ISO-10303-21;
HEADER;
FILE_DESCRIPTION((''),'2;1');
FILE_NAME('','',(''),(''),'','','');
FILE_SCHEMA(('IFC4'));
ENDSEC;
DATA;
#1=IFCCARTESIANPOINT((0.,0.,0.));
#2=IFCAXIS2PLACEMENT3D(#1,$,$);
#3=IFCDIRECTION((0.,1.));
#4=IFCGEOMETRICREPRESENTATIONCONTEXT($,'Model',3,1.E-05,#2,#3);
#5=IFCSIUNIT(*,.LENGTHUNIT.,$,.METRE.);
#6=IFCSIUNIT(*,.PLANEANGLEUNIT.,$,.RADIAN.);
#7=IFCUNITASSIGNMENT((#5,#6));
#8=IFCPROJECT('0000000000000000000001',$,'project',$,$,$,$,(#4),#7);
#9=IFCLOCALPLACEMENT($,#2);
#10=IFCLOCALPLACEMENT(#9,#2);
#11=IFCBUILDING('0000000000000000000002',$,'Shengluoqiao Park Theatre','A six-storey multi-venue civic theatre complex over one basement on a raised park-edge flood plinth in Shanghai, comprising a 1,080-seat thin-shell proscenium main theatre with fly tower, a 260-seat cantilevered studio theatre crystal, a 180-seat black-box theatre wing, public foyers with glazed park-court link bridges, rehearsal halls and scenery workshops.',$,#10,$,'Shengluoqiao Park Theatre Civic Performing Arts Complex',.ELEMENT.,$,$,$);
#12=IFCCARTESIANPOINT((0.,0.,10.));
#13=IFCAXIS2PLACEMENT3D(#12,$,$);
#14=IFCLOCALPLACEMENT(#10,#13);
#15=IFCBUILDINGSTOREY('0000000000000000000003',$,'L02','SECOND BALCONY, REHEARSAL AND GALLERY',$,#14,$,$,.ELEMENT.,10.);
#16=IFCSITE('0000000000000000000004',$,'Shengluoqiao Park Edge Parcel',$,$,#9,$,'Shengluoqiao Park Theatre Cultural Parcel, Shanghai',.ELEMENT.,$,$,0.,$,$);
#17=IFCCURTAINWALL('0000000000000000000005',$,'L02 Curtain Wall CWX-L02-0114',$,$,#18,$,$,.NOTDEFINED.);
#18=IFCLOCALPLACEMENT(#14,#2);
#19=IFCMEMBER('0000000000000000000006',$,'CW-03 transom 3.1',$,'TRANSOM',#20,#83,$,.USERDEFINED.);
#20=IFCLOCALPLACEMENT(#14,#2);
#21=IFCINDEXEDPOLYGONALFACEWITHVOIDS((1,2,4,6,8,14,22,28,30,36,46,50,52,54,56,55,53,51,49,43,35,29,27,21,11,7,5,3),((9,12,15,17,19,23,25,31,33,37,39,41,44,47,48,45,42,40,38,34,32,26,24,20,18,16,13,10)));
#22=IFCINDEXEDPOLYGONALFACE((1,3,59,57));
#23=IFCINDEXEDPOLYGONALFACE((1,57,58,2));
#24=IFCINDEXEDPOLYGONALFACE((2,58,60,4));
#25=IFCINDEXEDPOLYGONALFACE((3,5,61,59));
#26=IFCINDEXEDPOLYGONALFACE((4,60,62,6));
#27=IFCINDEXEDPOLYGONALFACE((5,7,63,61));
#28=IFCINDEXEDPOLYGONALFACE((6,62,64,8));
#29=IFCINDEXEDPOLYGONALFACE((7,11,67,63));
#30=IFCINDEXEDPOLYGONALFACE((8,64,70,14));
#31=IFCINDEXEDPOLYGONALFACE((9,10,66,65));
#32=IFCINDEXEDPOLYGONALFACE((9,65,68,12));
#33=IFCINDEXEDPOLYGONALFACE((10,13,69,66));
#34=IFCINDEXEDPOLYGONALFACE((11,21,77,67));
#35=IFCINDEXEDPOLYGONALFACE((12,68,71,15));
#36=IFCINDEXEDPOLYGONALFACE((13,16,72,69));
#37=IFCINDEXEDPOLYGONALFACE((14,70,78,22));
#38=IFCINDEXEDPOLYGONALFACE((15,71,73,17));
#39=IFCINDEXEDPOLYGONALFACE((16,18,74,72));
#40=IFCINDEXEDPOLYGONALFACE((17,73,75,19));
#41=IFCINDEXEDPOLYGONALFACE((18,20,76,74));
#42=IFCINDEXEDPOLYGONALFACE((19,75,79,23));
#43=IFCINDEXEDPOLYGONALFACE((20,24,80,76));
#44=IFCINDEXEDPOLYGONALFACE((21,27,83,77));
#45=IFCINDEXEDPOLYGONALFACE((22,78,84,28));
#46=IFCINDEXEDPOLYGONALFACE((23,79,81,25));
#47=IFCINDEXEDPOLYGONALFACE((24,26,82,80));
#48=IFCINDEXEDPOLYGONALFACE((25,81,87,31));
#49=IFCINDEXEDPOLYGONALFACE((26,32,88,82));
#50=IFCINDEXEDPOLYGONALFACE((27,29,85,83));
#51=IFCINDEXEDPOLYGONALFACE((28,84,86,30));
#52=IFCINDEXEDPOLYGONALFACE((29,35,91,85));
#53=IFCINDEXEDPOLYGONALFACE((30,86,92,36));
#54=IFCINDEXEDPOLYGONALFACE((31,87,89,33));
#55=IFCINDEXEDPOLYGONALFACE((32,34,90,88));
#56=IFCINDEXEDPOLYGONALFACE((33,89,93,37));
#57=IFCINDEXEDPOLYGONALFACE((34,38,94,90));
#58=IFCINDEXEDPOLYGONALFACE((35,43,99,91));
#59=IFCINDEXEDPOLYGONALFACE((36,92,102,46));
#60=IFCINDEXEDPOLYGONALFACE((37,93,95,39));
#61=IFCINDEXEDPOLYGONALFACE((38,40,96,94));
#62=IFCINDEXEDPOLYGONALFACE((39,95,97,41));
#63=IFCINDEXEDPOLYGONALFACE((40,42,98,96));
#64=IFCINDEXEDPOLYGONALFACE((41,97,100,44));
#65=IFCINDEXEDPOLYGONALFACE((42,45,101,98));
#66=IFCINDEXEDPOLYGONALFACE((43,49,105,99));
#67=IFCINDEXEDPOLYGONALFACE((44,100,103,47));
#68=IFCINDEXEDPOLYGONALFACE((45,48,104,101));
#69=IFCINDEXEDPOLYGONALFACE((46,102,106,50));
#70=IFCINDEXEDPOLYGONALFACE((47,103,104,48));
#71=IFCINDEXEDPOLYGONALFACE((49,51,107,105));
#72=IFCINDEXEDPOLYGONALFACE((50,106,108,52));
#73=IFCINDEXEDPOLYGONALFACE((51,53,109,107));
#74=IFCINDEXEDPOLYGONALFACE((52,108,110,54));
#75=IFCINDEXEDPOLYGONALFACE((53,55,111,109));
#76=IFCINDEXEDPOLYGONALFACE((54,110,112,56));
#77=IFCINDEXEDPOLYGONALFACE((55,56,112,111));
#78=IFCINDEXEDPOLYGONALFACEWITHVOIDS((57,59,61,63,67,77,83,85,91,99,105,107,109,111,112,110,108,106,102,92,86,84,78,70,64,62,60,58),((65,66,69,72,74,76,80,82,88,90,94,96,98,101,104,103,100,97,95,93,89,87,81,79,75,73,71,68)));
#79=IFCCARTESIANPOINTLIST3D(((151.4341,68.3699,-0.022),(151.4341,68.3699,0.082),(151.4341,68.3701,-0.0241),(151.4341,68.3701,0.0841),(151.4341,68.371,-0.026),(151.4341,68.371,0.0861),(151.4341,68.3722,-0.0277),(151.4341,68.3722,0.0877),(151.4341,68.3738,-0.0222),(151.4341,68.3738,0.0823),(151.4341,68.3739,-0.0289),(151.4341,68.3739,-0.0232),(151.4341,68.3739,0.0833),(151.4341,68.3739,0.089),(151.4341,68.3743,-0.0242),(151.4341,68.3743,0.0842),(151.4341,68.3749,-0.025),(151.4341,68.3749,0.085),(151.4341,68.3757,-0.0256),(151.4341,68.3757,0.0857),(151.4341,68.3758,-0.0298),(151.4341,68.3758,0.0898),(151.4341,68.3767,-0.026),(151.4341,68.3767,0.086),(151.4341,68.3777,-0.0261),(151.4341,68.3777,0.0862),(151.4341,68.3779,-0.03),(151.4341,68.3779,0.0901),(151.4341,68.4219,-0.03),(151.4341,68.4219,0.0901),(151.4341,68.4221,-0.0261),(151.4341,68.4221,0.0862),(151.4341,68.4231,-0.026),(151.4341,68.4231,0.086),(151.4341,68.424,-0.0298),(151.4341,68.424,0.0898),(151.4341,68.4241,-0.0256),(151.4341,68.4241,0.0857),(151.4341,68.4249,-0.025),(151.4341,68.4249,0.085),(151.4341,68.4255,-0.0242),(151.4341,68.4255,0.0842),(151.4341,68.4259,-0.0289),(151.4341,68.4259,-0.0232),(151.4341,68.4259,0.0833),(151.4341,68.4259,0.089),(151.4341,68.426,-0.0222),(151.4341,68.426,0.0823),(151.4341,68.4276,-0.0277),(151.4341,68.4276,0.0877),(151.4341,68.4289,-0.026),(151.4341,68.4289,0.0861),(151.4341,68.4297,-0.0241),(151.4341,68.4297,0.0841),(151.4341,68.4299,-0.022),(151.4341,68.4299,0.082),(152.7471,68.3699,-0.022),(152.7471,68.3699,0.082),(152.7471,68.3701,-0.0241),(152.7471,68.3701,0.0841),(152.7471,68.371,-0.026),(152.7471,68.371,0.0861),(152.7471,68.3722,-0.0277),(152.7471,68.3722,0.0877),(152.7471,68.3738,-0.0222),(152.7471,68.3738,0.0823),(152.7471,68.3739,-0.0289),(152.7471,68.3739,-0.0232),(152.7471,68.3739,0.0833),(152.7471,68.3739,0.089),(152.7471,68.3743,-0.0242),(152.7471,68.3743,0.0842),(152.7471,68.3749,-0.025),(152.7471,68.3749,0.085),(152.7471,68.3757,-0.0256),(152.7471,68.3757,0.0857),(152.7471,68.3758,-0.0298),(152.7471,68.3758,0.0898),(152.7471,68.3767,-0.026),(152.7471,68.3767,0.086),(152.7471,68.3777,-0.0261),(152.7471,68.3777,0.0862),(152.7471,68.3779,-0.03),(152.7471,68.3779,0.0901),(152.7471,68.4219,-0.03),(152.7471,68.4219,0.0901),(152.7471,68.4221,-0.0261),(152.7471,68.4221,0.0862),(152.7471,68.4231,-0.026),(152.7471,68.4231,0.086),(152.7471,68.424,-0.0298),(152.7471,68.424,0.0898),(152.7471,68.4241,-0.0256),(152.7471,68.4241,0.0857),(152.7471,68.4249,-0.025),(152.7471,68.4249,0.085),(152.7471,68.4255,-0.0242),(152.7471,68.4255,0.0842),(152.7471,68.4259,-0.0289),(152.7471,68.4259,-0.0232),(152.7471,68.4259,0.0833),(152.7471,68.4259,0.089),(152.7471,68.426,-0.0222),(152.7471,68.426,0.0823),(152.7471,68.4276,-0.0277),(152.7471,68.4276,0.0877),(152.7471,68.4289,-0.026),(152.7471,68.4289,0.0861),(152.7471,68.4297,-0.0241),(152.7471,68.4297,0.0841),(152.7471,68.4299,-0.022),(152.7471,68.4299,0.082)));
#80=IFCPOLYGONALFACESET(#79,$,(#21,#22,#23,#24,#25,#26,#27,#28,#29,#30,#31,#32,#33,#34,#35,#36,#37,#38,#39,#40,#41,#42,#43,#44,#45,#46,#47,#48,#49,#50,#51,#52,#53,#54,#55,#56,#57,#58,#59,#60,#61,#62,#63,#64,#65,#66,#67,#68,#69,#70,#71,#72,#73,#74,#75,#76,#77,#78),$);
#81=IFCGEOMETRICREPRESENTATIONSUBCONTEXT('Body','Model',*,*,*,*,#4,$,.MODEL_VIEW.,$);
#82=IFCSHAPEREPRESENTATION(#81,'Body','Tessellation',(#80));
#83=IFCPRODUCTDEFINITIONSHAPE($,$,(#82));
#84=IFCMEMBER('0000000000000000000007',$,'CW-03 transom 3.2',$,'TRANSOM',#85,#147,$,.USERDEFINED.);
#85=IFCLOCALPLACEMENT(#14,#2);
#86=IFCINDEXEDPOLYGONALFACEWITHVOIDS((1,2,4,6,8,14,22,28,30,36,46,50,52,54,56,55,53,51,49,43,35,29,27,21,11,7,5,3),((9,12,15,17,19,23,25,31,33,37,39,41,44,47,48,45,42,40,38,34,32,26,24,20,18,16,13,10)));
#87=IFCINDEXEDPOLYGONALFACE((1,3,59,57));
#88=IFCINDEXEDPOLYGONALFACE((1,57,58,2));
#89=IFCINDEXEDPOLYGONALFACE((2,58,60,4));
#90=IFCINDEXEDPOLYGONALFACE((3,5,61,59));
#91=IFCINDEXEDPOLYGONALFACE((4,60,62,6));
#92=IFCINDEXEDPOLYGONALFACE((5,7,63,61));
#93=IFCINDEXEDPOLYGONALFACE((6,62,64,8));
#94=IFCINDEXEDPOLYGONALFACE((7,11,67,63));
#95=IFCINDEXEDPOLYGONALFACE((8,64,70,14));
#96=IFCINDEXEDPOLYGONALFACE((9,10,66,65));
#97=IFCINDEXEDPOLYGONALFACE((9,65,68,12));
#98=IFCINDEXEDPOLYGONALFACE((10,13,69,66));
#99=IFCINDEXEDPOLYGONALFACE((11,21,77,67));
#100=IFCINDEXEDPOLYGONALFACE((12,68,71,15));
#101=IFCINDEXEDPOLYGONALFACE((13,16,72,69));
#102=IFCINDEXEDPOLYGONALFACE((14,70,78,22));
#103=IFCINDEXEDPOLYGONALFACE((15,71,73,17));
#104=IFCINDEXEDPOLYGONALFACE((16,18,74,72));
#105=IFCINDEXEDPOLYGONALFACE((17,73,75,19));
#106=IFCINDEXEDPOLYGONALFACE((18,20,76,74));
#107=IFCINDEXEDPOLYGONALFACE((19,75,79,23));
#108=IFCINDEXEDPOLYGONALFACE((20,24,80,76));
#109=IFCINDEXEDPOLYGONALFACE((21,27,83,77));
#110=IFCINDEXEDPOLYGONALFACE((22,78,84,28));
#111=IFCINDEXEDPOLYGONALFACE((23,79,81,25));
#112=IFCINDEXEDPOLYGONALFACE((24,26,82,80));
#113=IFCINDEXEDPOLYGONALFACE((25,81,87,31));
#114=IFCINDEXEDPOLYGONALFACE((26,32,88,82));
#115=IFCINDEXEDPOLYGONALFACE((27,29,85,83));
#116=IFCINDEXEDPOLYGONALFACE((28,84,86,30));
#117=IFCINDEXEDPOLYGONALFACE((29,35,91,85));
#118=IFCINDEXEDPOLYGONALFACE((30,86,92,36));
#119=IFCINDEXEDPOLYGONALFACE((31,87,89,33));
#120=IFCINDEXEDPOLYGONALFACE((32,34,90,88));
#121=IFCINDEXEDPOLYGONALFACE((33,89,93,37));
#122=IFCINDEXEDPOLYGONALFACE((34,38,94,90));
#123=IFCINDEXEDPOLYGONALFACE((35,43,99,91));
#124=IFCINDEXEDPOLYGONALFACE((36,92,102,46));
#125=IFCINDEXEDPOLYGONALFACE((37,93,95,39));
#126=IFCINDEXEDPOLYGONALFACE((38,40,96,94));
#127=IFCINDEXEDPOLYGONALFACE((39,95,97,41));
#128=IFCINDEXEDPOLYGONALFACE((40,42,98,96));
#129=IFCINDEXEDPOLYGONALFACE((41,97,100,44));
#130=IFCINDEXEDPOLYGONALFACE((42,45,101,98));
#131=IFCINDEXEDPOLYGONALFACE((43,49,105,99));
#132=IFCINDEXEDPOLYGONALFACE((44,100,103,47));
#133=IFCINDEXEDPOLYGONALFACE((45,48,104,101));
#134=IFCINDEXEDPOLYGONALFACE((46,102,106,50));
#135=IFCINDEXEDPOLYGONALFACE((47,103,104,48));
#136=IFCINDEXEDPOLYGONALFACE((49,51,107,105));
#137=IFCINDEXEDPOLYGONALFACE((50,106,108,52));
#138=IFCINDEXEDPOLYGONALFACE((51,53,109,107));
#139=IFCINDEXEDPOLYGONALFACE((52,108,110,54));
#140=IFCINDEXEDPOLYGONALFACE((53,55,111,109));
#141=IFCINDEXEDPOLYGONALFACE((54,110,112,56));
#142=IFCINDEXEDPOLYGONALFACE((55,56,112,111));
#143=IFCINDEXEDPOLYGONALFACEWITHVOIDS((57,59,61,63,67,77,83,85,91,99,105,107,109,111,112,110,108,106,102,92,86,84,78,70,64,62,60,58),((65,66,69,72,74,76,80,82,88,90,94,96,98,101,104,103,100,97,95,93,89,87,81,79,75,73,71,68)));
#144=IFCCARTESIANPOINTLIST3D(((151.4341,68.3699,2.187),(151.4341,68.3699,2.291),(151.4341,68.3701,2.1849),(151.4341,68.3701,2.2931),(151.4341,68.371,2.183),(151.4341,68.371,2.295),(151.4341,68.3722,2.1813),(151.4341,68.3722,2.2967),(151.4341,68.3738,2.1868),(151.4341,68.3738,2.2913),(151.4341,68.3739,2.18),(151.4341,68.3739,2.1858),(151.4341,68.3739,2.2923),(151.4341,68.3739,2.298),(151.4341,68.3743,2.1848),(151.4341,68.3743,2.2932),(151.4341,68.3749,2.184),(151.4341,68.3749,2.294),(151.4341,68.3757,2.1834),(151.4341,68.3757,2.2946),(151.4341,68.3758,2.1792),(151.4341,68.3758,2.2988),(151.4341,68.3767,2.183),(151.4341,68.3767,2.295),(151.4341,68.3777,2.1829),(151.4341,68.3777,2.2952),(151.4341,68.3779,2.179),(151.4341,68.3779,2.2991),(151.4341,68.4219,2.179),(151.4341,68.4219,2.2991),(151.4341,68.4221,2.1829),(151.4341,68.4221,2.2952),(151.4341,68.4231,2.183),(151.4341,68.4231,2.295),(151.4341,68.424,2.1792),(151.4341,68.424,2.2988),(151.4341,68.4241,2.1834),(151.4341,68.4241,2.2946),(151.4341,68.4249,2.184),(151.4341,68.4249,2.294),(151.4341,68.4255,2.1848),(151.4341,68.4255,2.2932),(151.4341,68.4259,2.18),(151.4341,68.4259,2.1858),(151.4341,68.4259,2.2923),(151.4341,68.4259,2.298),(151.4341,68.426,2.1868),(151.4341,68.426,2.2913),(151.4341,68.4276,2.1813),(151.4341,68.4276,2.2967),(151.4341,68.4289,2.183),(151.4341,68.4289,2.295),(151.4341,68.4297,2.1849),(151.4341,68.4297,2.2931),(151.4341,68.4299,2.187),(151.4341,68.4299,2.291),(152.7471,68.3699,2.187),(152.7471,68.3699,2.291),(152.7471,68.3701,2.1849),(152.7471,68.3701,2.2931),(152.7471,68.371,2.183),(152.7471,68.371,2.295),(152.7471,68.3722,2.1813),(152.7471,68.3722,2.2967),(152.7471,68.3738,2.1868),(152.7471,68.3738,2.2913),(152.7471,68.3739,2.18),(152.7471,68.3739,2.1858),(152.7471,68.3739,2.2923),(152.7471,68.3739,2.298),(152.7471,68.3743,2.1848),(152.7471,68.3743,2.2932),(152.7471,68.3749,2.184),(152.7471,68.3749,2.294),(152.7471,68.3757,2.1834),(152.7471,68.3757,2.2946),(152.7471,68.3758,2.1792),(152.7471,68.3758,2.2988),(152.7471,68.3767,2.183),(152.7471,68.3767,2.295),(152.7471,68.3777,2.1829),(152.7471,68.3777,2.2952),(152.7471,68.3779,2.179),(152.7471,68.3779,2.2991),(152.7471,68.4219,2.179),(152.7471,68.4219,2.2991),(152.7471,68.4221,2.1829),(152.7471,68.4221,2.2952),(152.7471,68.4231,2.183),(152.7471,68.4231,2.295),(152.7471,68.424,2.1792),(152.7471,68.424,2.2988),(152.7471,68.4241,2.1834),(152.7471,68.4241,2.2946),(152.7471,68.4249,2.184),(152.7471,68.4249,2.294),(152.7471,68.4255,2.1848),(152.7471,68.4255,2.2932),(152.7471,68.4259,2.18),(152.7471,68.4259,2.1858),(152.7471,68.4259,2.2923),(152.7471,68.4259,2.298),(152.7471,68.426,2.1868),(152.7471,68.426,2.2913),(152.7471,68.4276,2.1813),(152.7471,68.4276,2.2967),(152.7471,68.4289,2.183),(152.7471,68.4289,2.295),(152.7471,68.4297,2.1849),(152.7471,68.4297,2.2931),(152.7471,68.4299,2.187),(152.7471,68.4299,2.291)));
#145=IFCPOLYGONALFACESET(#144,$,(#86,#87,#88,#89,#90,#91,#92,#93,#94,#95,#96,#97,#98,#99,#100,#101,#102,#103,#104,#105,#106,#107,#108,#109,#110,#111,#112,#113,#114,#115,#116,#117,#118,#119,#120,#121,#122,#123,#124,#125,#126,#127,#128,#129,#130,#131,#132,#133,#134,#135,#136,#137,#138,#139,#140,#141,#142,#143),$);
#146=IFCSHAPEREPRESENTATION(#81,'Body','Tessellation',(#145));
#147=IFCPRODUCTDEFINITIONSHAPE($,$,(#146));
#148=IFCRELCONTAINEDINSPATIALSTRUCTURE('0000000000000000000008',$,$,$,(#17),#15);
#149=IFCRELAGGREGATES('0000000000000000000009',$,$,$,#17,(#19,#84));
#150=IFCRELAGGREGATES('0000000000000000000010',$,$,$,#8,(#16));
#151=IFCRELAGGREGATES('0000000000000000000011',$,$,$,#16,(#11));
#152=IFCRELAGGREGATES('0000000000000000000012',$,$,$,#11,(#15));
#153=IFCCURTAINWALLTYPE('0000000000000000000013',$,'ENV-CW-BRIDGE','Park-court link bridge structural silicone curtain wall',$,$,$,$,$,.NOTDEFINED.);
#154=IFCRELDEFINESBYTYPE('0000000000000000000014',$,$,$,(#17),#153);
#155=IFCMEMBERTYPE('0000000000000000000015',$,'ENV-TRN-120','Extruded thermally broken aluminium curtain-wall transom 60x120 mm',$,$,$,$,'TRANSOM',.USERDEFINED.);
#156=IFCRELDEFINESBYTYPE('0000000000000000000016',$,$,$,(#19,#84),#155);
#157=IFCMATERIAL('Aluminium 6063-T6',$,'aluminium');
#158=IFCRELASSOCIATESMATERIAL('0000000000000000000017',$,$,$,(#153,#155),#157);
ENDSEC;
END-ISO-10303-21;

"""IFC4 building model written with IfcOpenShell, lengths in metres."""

from ifc_helpers import new_model, si_unit, direction, frame, origin, origin_2d, place, context, subcontext, project, spatial, hollow_rectangle, extrude, material, material_profile, profile_set, type_object, element, aggregate, save


model = new_model("IFC4")

# Units and contexts
model_context = context("Model", 3, precision=1e-05, world=origin(), true_north=direction((0.0, 1.0)))
body_context = subcontext(model_context, "Body", "Model", "MODEL_VIEW")
ifc_project = project(units=[si_unit("LENGTHUNIT", "METRE"), si_unit("PLANEANGLEUNIT", "RADIAN")], contexts=[model_context])

# Site, building, storey
site_placement = place(None, origin())
site = spatial("IfcSite", under=ifc_project, at=site_placement, Name="Shengluoqiao Park Edge Parcel", LongName="Shengluoqiao Park Theatre Cultural Parcel, Shanghai", CompositionType="ELEMENT", RefElevation=0.0)
building_placement = place(site_placement, origin())
building = spatial("IfcBuilding", under=site, at=building_placement, Name="Shengluoqiao Park Theatre", Description="A six-storey multi-venue civic theatre complex over one basement on a raised park-edge flood plinth in Shanghai, comprising a 1,080-seat thin-shell proscenium main theatre with fly tower, a 260-seat cantilevered studio theatre crystal, a 180-seat black-box theatre wing, public foyers with glazed park-court link bridges, rehearsal halls and scenery workshops.", LongName="Shengluoqiao Park Theatre Civic Performing Arts Complex", CompositionType="ELEMENT")
storey_placement = place(building_placement, frame((0.0, 0.0, 10.0)))
storey = spatial("IfcBuildingStorey", under=building, at=storey_placement, Name="L02", Description="SECOND BALCONY, REHEARSAL AND GALLERY", CompositionType="ELEMENT", Elevation=10.0)

# Curtain wall, members
ifc_material_1 = material(Name="Aluminium 6063-T6", Category="aluminium")
curtain_wall_type_1 = type_object("IfcCurtainWallType", Name="ENV-CW-BRIDGE", Description="Park-court link bridge structural silicone curtain wall", PredefinedType="NOTDEFINED", material=ifc_material_1)
curtain_wall_1_placement = place(storey_placement, origin())
curtain_wall_1 = element("IfcCurtainWall", 1, at=curtain_wall_1_placement, inside=storey, type_object=curtain_wall_type_1, Name="L02 Curtain Wall CWX-L02-0114", PredefinedType="NOTDEFINED")
ifc_material_profile_1 = material_profile(ifc_material_1, hollow_rectangle(XDim=0.0601, YDim=0.1201, WallThickness=0.0039, InnerFilletRadius=0.0039, OuterFilletRadius=0.0081, at=origin_2d()), Name="ALU TRANSOM 120x60x4")
ifc_profile_set_1 = profile_set([ifc_material_profile_1], Name="Aluminium 6063-T6")
member_type_1 = type_object("IfcMemberType", Name="ENV-TRN-120", Description="Extruded thermally broken aluminium curtain-wall transom 60x120 mm", ElementType="TRANSOM", PredefinedType="USERDEFINED", material=ifc_profile_set_1)
member_1_placement = place(storey_placement, frame((151.4341, 68.3999, 0.03), z_axis=(1.0, 0.0, 0.0), x_axis=(0.0, 1.0, 0.0)))
member_1 = element("IfcMember", 2, at=member_1_placement, type_object=member_type_1, Name="CW-03 transom 3.1", ObjectType="TRANSOM", PredefinedType="USERDEFINED", context=body_context, shape_type="SweptSolid", body=[
    extrude(hollow_rectangle(XDim=0.0601, YDim=0.1201, WallThickness=0.0039, InnerFilletRadius=0.0039, OuterFilletRadius=0.0081, at=origin_2d()), origin(), (0.0, 0.0, 1.0), 1.313),
])
member_2_placement = place(storey_placement, frame((151.4341, 68.3999, 2.239), z_axis=(1.0, 0.0, 0.0), x_axis=(0.0, 1.0, 0.0)))
member_2 = element("IfcMember", 3, at=member_2_placement, type_object=member_type_1, Name="CW-03 transom 3.2", ObjectType="TRANSOM", PredefinedType="USERDEFINED", context=body_context, shape_type="SweptSolid", body=[
    extrude(hollow_rectangle(XDim=0.0601, YDim=0.1201, WallThickness=0.0039, InnerFilletRadius=0.0039, OuterFilletRadius=0.0081, at=origin_2d()), origin(), (0.0, 0.0, 1.0), 1.313),
])

aggregate(curtain_wall_1, [member_1, member_2])

save(model, "model.ifc")
